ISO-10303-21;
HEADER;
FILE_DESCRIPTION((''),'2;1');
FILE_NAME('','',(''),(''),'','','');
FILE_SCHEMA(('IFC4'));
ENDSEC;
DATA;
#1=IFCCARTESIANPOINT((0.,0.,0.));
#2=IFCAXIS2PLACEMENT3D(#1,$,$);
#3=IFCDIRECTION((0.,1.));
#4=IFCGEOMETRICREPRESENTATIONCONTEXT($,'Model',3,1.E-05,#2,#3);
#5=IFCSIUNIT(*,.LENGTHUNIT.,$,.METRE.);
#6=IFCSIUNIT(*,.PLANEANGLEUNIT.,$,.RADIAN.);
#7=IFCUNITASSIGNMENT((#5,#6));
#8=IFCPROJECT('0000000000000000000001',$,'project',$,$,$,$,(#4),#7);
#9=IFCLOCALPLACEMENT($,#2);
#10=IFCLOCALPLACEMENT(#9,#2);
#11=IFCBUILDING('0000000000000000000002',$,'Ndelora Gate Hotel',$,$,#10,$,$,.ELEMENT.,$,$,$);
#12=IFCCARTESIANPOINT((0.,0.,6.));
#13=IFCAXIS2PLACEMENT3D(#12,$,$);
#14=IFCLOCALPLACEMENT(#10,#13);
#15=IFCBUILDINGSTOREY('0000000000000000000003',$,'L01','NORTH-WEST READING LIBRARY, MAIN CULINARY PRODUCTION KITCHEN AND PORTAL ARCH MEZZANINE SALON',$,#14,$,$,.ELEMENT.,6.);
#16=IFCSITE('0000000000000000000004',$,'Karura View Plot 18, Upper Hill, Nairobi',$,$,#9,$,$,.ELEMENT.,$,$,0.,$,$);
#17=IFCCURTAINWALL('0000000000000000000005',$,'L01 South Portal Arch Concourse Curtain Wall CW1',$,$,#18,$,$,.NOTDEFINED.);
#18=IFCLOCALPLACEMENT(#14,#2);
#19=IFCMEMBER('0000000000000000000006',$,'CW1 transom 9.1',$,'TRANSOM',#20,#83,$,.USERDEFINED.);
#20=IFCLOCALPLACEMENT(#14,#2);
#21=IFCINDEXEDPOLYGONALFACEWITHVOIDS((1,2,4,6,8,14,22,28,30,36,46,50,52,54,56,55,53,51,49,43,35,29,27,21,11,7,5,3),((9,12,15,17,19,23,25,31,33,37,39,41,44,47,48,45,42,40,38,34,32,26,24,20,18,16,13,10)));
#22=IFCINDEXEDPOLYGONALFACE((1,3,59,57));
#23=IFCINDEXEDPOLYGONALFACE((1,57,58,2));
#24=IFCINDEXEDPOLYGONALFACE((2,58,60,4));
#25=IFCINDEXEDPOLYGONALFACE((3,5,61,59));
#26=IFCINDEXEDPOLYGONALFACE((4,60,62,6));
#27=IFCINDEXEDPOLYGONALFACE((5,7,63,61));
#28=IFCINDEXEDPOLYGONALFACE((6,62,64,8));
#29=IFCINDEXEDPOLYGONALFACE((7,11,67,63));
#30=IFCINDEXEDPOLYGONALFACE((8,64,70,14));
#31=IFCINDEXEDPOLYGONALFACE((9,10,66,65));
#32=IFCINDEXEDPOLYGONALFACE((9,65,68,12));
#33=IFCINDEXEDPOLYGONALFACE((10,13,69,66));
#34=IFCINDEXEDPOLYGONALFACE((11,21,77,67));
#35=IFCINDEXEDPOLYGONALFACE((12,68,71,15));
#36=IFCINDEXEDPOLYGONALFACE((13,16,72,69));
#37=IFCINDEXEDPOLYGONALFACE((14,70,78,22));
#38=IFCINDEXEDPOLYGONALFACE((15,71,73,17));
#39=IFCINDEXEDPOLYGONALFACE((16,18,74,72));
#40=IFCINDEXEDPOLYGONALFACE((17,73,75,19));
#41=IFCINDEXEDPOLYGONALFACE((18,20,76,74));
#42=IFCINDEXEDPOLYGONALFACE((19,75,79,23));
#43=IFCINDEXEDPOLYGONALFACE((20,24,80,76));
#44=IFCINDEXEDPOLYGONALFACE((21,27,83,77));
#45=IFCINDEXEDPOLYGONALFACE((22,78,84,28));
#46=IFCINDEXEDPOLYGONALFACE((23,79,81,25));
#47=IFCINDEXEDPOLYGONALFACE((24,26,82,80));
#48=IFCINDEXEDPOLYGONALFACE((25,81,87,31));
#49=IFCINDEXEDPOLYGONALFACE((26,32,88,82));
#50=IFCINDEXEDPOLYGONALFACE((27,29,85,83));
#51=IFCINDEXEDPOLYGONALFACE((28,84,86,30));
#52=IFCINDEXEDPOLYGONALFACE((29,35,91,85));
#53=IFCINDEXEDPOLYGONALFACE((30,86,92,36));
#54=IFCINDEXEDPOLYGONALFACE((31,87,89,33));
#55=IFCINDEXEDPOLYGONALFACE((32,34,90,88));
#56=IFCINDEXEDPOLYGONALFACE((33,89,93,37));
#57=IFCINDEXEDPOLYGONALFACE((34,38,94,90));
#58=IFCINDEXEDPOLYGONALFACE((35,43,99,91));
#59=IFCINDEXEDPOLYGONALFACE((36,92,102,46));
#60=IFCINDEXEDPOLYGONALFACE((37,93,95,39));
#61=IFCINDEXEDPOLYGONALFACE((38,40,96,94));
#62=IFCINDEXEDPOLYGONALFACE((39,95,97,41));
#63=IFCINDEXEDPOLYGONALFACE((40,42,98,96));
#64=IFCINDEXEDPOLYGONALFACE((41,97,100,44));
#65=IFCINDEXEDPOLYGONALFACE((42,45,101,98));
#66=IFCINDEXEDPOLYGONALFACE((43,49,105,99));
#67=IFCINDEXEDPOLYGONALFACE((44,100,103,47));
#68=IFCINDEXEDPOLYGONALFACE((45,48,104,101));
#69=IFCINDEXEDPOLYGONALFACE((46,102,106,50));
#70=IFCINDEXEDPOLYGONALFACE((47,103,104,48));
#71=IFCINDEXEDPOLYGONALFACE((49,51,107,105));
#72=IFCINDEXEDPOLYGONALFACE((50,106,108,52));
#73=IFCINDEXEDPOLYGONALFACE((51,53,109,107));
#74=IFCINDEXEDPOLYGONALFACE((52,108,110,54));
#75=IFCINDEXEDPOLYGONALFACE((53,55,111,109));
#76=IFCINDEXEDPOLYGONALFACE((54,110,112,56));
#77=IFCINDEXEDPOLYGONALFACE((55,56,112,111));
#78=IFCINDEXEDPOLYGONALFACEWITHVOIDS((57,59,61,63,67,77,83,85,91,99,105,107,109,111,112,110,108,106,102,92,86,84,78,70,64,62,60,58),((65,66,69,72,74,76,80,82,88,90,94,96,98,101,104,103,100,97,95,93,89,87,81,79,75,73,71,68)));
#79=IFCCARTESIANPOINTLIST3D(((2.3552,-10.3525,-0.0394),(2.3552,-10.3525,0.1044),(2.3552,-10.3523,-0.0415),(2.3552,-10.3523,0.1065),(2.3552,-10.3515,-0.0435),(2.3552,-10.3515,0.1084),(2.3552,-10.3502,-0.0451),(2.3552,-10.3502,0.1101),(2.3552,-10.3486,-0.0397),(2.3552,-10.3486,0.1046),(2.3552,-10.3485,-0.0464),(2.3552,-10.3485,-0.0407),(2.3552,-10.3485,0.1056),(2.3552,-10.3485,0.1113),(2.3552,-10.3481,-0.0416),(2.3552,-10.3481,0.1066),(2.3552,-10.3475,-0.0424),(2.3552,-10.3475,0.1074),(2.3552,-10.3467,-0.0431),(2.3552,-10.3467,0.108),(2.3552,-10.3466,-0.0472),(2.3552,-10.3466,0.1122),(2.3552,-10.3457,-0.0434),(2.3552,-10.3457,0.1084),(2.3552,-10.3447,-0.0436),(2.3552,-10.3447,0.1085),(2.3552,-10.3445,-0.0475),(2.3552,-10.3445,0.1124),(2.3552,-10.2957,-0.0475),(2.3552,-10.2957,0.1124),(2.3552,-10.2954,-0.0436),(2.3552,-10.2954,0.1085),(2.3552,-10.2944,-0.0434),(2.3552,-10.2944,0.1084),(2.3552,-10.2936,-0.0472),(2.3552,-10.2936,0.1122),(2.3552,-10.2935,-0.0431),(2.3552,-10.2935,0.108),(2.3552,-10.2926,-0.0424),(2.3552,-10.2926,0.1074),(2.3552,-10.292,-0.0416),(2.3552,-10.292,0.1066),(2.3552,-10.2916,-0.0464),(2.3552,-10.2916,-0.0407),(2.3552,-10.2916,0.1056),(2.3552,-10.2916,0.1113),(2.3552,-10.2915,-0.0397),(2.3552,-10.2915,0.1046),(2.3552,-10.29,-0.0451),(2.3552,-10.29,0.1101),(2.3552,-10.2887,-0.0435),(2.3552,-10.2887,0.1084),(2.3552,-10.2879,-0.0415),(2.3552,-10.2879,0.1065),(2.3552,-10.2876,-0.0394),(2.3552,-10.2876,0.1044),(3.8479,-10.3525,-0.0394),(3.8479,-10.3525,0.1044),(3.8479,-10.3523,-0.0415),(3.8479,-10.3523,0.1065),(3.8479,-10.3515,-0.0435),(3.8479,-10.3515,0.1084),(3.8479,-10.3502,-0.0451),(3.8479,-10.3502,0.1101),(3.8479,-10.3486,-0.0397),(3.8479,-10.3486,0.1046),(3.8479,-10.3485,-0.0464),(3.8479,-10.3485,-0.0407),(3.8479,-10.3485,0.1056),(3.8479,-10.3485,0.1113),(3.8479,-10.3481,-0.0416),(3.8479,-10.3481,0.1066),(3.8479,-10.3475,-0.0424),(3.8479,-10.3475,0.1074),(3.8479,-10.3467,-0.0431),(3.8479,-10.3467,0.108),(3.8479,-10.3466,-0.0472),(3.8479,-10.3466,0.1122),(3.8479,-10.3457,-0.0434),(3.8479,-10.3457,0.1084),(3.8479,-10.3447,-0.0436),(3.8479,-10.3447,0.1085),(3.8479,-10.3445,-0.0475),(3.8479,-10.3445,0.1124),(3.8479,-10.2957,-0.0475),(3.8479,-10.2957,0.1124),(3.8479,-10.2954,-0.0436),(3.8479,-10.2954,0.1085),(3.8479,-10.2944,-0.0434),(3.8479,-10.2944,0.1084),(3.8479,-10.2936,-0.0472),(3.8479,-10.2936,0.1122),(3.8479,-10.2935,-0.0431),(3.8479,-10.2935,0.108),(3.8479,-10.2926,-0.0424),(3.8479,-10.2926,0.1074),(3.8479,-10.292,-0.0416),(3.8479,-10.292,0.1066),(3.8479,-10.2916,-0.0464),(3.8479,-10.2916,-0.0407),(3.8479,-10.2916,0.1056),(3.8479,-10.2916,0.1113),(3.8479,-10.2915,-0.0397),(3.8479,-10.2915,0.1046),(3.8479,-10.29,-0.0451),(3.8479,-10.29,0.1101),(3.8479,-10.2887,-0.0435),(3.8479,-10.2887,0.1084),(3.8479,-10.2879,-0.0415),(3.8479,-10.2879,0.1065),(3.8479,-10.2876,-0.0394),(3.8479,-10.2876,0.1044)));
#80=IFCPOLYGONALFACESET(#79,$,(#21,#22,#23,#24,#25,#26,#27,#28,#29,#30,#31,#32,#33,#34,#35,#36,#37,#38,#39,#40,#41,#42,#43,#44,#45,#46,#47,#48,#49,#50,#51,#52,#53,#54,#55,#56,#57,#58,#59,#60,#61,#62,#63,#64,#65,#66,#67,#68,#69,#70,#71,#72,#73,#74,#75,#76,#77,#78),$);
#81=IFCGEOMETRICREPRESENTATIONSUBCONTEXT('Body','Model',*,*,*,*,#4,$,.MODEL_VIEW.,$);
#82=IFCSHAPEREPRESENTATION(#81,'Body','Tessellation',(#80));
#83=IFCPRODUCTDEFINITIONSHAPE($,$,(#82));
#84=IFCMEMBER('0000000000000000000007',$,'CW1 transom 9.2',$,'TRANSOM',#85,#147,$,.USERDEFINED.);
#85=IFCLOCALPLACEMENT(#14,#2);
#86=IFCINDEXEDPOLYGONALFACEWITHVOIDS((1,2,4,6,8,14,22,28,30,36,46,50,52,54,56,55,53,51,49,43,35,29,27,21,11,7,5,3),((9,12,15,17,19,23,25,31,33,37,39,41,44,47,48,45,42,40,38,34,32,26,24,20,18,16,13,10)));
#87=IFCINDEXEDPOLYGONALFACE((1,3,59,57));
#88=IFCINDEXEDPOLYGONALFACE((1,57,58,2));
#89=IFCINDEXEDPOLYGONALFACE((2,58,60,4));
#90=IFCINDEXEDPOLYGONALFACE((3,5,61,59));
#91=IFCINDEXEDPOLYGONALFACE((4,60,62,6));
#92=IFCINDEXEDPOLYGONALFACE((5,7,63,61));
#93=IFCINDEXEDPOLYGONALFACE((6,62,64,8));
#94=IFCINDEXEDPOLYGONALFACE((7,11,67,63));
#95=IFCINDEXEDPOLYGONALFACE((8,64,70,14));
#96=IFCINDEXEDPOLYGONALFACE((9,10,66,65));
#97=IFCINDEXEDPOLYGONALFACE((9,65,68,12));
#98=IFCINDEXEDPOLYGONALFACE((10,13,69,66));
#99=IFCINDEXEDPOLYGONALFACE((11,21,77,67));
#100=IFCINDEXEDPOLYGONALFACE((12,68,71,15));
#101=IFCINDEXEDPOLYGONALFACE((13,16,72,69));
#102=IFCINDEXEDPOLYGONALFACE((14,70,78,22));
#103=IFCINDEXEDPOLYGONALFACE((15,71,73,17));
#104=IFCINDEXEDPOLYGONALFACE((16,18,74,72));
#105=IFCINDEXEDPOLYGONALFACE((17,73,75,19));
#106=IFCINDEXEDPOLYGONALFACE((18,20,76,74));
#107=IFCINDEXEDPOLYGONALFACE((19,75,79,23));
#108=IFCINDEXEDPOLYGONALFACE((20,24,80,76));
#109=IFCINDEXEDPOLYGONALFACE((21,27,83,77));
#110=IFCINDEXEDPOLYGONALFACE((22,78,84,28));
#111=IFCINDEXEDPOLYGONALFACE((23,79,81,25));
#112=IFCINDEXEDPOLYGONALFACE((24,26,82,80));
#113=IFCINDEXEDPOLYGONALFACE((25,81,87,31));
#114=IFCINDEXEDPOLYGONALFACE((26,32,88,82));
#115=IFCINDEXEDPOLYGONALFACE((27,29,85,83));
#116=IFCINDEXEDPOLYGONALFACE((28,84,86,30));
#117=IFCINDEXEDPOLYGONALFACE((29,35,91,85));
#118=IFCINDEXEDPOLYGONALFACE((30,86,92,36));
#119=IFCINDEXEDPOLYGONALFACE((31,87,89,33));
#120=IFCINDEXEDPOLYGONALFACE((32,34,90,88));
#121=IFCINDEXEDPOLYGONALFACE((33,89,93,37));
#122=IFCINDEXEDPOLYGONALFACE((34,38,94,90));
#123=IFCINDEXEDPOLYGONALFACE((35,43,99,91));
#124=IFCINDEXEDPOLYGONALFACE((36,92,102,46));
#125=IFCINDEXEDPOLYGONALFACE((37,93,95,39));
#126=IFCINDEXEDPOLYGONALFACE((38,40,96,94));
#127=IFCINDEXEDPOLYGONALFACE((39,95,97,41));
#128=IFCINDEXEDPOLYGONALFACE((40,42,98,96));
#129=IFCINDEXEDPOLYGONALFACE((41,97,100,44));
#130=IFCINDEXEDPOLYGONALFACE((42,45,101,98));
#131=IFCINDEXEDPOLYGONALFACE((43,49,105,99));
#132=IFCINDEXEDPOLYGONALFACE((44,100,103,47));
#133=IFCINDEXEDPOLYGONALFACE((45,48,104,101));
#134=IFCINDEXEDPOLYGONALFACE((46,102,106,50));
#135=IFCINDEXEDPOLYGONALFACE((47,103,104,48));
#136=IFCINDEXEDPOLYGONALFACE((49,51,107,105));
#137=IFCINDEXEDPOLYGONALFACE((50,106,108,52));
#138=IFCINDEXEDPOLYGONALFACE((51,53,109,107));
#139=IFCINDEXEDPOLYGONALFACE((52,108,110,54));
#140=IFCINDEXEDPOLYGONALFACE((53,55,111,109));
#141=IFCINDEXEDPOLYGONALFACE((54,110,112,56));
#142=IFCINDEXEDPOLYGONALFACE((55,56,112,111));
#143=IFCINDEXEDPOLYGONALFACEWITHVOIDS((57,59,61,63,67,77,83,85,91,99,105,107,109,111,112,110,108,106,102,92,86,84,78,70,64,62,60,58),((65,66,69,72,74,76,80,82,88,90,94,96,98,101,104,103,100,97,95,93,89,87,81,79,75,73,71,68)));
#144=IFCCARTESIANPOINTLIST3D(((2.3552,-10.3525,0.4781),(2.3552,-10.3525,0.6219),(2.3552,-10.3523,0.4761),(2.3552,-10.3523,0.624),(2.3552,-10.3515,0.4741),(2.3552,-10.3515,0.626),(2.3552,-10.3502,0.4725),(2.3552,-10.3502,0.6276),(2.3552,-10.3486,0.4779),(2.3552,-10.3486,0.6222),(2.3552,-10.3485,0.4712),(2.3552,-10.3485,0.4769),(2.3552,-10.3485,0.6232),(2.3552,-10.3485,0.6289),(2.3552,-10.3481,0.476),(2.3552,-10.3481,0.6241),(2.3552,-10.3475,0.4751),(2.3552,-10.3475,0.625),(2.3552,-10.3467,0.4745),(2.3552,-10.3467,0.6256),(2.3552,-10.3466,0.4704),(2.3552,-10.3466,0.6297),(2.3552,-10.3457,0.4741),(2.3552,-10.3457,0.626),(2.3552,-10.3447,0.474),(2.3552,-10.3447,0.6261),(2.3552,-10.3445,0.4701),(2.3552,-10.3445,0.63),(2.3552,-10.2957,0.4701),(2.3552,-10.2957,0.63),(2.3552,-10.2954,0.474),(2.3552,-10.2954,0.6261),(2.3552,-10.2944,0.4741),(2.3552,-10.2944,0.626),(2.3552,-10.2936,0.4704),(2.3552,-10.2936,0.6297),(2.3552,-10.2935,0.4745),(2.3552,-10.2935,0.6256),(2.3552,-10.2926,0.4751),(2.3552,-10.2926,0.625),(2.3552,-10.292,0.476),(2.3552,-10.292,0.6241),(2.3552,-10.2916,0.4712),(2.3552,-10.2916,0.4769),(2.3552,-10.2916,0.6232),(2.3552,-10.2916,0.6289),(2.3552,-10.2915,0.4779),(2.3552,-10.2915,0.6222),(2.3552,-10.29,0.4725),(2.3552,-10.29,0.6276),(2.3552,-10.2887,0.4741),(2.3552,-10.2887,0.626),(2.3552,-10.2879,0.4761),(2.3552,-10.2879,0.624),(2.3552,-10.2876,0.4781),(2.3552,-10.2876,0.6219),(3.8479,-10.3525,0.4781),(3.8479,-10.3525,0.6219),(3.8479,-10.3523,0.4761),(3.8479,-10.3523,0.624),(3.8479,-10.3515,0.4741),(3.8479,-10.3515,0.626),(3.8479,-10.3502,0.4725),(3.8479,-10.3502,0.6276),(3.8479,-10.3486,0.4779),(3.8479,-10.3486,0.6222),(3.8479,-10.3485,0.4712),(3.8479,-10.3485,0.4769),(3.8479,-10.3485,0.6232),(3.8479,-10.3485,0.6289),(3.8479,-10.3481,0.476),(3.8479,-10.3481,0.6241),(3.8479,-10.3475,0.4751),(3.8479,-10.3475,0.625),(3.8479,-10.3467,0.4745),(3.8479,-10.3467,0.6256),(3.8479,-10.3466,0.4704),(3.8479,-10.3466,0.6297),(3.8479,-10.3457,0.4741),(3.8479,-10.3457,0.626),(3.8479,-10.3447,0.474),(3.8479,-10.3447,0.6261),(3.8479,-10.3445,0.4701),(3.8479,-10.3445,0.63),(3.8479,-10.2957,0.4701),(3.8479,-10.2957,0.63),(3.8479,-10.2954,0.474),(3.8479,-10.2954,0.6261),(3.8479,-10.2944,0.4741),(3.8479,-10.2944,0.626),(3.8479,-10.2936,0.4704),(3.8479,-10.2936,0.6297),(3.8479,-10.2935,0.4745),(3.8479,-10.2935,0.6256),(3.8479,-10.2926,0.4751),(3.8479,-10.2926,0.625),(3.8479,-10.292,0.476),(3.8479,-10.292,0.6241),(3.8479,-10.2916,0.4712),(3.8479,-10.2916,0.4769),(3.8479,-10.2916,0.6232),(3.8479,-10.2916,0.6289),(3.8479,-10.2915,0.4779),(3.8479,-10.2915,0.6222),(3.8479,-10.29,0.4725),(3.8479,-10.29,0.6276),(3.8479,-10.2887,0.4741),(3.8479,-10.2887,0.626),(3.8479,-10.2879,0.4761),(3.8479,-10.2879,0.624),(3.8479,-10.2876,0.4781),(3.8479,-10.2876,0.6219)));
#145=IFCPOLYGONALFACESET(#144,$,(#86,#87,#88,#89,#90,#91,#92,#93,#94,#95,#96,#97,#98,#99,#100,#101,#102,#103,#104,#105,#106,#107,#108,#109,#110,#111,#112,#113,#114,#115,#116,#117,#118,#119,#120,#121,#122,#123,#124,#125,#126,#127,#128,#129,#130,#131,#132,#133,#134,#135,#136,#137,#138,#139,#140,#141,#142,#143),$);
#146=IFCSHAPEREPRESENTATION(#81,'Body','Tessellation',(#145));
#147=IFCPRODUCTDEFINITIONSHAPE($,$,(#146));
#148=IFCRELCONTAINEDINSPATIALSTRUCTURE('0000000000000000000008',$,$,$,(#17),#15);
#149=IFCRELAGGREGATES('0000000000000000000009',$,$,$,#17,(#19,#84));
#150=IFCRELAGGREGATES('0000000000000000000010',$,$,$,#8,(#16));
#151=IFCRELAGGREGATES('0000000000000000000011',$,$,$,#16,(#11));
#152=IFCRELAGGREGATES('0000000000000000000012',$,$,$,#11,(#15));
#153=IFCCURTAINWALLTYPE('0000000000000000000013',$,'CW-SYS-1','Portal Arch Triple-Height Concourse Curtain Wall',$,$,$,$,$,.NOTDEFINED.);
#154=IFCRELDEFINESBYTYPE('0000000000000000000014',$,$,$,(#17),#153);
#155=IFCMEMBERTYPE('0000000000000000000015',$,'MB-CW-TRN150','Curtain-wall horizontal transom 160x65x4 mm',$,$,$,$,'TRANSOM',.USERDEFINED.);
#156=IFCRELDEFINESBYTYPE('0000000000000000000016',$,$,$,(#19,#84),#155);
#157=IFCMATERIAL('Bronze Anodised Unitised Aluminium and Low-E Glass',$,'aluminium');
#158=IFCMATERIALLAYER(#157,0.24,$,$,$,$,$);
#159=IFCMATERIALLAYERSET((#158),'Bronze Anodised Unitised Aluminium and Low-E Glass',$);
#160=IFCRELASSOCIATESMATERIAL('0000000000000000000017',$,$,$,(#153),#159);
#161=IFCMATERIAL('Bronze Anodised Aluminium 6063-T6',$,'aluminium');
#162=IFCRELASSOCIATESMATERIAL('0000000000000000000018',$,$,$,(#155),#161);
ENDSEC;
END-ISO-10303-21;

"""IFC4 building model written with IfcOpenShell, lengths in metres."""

from ifc_helpers import new_model, si_unit, direction, frame, origin, origin_2d, place, context, subcontext, project, spatial, hollow_rectangle, extrude, material, layer, layer_set, material_profile, profile_set, type_object, element, aggregate, save


model = new_model("IFC4")

# Units and contexts
model_context = context("Model", 3, precision=1e-05, world=origin(), true_north=direction((0.0, 1.0)))
body_context = subcontext(model_context, "Body", "Model", "MODEL_VIEW")
ifc_project = project(units=[si_unit("LENGTHUNIT", "METRE"), si_unit("PLANEANGLEUNIT", "RADIAN")], contexts=[model_context])

# Site, building, storey
site_placement = place(None, origin())
site = spatial("IfcSite", under=ifc_project, at=site_placement, Name="Karura View Plot 18, Upper Hill, Nairobi", CompositionType="ELEMENT", RefElevation=0.0)
building_placement = place(site_placement, origin())
building = spatial("IfcBuilding", under=site, at=building_placement, Name="Ndelora Gate Hotel", CompositionType="ELEMENT")
storey_placement = place(building_placement, frame((0.0, 0.0, 6.0)))
storey = spatial("IfcBuildingStorey", under=building, at=storey_placement, Name="L01", Description="NORTH-WEST READING LIBRARY, MAIN CULINARY PRODUCTION KITCHEN AND PORTAL ARCH MEZZANINE SALON", CompositionType="ELEMENT", Elevation=6.0)

# Curtain wall, members
ifc_material_1 = material(Name="Bronze Anodised Unitised Aluminium and Low-E Glass", Category="aluminium")
ifc_layer_1 = layer(ifc_material_1, 0.24)
ifc_layer_set_1 = layer_set([ifc_layer_1], Name="Bronze Anodised Unitised Aluminium and Low-E Glass")
curtain_wall_type = type_object("IfcCurtainWallType", Name="CW-SYS-1", Description="Portal Arch Triple-Height Concourse Curtain Wall", PredefinedType="NOTDEFINED", material=ifc_layer_set_1)
curtain_wall_placement = place(storey_placement, origin())
curtain_wall = element("IfcCurtainWall", 1, at=curtain_wall_placement, inside=storey, type_object=curtain_wall_type, Name="L01 South Portal Arch Concourse Curtain Wall CW1", PredefinedType="NOTDEFINED")
ifc_material_2 = material(Name="Bronze Anodised Aluminium 6063-T6", Category="aluminium")
ifc_material_profile_1 = material_profile(ifc_material_2, hollow_rectangle(XDim=0.0649, YDim=0.1599, WallThickness=0.0039, InnerFilletRadius=0.0039, OuterFilletRadius=0.0081, at=origin_2d()), Name="ALU 160x65x4")
ifc_profile_set_1 = profile_set([ifc_material_profile_1], Name="Bronze Anodised Aluminium 6063-T6")
member_type_1 = type_object("IfcMemberType", Name="MB-CW-TRN150", Description="Curtain-wall horizontal transom 160x65x4 mm", ElementType="TRANSOM", PredefinedType="USERDEFINED", material=ifc_profile_set_1)
member_1_placement = place(storey_placement, frame((2.3552, -10.3201, 0.0325), z_axis=(1.0, 0.0, 0.0), x_axis=(0.0, 1.0, 0.0)))
member_1 = element("IfcMember", 2, at=member_1_placement, type_object=member_type_1, Name="CW1 transom 9.1", ObjectType="TRANSOM", PredefinedType="USERDEFINED", context=body_context, shape_type="SweptSolid", body=[
    extrude(hollow_rectangle(XDim=0.0649, YDim=0.1599, WallThickness=0.0039, InnerFilletRadius=0.0039, OuterFilletRadius=0.0081, at=origin_2d()), origin(), (0.0, 0.0, 1.0), 1.4927),
])
member_2_placement = place(storey_placement, frame((2.3552, -10.3201, 0.55), z_axis=(1.0, 0.0, 0.0), x_axis=(0.0, 1.0, 0.0)))
member_2 = element("IfcMember", 3, at=member_2_placement, type_object=member_type_1, Name="CW1 transom 9.2", ObjectType="TRANSOM", PredefinedType="USERDEFINED", context=body_context, shape_type="SweptSolid", body=[
    extrude(hollow_rectangle(XDim=0.0649, YDim=0.1599, WallThickness=0.0039, InnerFilletRadius=0.0039, OuterFilletRadius=0.0081, at=origin_2d()), origin(), (0.0, 0.0, 1.0), 1.4927),
])
aggregate(curtain_wall, [member_1, member_2])

save(model, "model.ifc")
